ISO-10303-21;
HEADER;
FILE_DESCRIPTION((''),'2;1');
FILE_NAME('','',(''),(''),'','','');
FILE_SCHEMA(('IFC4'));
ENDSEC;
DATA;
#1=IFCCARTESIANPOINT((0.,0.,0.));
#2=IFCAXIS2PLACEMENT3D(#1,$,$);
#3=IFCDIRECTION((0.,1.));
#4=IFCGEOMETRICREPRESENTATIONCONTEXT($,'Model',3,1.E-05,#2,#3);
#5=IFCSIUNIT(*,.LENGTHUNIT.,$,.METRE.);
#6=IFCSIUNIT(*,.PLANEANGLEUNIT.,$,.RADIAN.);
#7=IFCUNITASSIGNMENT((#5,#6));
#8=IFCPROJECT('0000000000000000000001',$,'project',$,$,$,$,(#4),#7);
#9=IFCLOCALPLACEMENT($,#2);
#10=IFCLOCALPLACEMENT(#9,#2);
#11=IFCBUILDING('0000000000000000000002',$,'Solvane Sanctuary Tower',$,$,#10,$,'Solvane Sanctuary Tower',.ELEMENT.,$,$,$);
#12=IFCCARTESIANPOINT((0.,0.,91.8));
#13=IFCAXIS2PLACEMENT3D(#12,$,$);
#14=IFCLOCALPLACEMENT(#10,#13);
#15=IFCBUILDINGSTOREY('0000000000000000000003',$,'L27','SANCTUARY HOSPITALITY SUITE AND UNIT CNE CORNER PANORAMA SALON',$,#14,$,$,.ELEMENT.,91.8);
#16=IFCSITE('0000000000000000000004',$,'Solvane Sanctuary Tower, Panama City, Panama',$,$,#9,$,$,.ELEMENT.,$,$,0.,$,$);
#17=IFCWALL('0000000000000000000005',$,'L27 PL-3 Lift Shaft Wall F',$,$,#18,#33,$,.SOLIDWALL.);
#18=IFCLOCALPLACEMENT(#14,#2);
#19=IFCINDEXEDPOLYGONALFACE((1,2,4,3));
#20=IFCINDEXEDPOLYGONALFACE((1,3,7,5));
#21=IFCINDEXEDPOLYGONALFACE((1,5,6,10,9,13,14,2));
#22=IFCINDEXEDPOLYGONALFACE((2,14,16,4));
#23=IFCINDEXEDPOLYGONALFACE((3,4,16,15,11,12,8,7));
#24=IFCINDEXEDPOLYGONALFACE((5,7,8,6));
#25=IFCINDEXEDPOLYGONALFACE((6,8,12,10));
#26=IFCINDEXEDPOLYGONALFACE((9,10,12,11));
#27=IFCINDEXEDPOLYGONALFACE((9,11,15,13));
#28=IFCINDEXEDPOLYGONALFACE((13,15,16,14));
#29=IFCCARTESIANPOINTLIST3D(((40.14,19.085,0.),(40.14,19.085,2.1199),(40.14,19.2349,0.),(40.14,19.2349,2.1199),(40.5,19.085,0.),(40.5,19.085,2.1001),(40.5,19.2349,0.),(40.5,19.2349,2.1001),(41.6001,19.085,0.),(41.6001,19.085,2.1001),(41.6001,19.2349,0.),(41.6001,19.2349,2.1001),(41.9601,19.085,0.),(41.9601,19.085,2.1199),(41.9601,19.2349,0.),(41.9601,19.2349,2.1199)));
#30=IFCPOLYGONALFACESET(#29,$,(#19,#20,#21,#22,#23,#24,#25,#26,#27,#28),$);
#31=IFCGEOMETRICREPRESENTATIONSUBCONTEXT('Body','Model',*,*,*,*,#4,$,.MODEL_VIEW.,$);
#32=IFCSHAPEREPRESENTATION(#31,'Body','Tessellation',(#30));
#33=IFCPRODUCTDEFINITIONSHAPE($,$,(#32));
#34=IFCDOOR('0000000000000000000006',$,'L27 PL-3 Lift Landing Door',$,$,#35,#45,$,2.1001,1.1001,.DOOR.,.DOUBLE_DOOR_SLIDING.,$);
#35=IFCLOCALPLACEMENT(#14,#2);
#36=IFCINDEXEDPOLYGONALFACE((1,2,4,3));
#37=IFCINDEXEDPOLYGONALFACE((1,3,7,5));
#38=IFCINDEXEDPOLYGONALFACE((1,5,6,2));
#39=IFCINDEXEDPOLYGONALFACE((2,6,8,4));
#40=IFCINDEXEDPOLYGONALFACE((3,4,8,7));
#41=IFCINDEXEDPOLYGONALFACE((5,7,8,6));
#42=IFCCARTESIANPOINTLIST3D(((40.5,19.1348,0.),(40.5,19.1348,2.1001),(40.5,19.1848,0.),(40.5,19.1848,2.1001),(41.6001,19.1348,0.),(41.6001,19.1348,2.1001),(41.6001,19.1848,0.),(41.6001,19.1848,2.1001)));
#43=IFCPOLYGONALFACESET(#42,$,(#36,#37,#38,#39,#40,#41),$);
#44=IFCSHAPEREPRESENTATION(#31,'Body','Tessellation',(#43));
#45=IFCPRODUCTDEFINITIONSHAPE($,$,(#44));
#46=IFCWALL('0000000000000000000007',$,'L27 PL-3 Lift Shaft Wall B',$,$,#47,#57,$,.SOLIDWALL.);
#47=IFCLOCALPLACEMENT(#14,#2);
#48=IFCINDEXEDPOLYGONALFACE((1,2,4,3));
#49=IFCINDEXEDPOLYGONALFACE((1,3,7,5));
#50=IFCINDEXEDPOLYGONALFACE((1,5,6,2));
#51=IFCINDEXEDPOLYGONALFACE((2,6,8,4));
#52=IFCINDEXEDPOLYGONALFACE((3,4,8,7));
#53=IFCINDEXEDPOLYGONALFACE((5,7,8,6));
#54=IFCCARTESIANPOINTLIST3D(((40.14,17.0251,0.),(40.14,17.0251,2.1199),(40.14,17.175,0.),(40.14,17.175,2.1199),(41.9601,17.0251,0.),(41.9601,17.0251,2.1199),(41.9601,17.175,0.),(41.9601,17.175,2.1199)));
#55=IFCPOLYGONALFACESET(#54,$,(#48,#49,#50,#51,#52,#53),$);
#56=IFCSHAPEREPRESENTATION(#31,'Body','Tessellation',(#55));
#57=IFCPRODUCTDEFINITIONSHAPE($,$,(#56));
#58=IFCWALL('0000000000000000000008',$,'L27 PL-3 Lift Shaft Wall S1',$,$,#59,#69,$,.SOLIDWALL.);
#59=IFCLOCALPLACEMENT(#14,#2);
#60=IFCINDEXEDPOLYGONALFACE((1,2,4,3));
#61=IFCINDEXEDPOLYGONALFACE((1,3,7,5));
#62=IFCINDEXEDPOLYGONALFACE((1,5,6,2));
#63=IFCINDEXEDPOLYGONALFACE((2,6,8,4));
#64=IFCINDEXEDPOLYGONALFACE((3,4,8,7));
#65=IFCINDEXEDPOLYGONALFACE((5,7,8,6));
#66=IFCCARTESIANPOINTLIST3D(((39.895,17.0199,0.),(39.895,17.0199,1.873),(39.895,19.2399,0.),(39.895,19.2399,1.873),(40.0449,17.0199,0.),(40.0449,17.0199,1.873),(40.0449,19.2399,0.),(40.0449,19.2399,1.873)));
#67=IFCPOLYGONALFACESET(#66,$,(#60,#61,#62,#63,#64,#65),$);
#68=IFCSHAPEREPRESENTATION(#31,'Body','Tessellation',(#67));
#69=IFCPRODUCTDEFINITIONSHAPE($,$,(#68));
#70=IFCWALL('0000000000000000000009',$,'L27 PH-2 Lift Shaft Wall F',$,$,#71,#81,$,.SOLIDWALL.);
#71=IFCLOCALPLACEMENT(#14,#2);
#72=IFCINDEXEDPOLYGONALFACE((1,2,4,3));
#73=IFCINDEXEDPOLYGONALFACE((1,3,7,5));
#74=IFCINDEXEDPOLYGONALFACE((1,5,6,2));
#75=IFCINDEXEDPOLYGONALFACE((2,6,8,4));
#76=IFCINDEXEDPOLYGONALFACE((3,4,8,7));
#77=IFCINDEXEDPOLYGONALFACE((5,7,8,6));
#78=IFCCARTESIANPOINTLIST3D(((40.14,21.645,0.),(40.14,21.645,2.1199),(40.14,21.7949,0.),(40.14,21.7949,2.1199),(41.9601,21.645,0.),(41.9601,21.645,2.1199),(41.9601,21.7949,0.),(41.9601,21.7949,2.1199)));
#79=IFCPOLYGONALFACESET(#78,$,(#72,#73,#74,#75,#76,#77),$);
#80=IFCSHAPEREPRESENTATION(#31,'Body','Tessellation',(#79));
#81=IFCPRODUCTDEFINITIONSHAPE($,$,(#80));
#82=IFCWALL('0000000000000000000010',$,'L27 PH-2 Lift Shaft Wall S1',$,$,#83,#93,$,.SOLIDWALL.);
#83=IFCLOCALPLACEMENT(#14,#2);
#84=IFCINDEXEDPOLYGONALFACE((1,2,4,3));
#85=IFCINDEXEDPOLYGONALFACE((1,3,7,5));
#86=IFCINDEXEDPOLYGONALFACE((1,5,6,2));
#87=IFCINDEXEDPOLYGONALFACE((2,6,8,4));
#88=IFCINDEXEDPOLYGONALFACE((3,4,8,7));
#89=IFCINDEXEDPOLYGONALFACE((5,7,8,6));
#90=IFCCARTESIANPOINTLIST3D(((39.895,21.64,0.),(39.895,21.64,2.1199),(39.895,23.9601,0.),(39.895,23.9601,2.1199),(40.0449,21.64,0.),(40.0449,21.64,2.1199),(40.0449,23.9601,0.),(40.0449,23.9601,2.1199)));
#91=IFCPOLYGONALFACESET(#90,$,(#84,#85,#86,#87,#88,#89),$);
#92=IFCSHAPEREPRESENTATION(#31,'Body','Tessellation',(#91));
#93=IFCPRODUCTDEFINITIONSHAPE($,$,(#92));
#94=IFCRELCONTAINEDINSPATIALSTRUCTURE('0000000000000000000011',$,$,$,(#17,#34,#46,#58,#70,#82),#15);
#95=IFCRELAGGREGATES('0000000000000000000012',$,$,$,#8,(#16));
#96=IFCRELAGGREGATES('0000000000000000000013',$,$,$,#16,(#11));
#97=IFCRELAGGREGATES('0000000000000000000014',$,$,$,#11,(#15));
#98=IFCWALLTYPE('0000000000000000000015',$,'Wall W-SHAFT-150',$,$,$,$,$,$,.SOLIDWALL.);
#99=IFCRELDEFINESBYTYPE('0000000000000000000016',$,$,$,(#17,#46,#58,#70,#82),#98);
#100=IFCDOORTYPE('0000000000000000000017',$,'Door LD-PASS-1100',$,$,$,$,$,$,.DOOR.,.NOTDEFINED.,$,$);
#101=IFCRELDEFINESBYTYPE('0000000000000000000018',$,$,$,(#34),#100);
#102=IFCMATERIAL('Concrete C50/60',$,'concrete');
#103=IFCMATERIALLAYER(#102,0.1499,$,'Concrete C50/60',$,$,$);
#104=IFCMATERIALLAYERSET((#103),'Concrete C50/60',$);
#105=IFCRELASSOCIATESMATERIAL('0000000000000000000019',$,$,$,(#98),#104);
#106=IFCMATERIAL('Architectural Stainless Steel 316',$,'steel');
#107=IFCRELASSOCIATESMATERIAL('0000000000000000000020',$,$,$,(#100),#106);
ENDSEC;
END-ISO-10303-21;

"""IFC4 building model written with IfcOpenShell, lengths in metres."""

from ifc_helpers import new_model, si_unit, direction, frame, frame_2d, origin, place, context, subcontext, project, spatial, rectangle, extrude, material, layer, layer_set, type_object, element, fill, save


model = new_model("IFC4")

# Units and contexts
model_context = context("Model", 3, precision=1e-05, world=origin(), true_north=direction((0.0, 1.0)))
body_context = subcontext(model_context, "Body", "Model", "MODEL_VIEW")
ifc_project = project(units=[si_unit("LENGTHUNIT", "METRE"), si_unit("PLANEANGLEUNIT", "RADIAN")], contexts=[model_context])

# Site, building, storey
site_placement = place(None, origin())
site = spatial("IfcSite", under=ifc_project, at=site_placement, Name="Solvane Sanctuary Tower, Panama City, Panama", CompositionType="ELEMENT", RefElevation=0.0)
building_placement = place(site_placement, origin())
building = spatial("IfcBuilding", under=site, at=building_placement, Name="Solvane Sanctuary Tower", LongName="Solvane Sanctuary Tower", CompositionType="ELEMENT")
storey_placement = place(building_placement, frame((0.0, 0.0, 91.8)))
storey = spatial("IfcBuildingStorey", under=building, at=storey_placement, Name="L27", Description="SANCTUARY HOSPITALITY SUITE AND UNIT CNE CORNER PANORAMA SALON", CompositionType="ELEMENT", Elevation=91.8)

# Wall, opening, door
ifc_material_1 = material(Name="Concrete C50/60", Category="concrete")
ifc_layer_1 = layer(ifc_material_1, 0.1499, Name="Concrete C50/60")
ifc_layer_set_1 = layer_set([ifc_layer_1], Name="Concrete C50/60")
wall_type_1 = type_object("IfcWallType", Name="Wall W-SHAFT-150", PredefinedType="SOLIDWALL", material=ifc_layer_set_1)
wall_1_placement = place(storey_placement, frame((40.1399, 19.1599, 0.0), z_axis=(0.0, 0.0, 1.0), x_axis=(1.0, 0.0, 0.0)))
wall_1 = element("IfcWall", 1, at=wall_1_placement, inside=storey, type_object=wall_type_1, Name="L27 PL-3 Lift Shaft Wall F", PredefinedType="SOLIDWALL", context=body_context, shape_type="SweptSolid", body=[
    extrude(rectangle(XDim=1.8201, YDim=0.1499, at=frame_2d((0.9102, 0.0))), origin(), (0.0, 0.0, 1.0), 2.1199),
])
opening_placement = place(wall_1_placement, frame((0.3601, 0.0, 0.0)))
opening = element("IfcOpeningElement", 2, at=opening_placement, cuts=wall_1, PredefinedType="OPENING", context=body_context, shape_type="SweptSolid", body=[
    extrude(rectangle(XDim=1.1001, YDim=2.1001, at=frame_2d((0.55, 1.05))), frame((0.0, 0.085, 0.0), z_axis=(0.0, -1.0, 0.0), x_axis=(1.0, 0.0, 0.0)), (0.0, 0.0, 1.0), 0.1699),
])
ifc_material_2 = material(Name="Architectural Stainless Steel 316", Category="steel")
door_type = type_object("IfcDoorType", Name="Door LD-PASS-1100", OperationType="NOTDEFINED", PredefinedType="DOOR", material=ifc_material_2)
door_placement = place(opening_placement, origin())
door = element("IfcDoor", 3, at=door_placement, inside=storey, type_object=door_type, Name="L27 PL-3 Lift Landing Door", OperationType="DOUBLE_DOOR_SLIDING", OverallHeight=2.1001, OverallWidth=1.1001, PredefinedType="DOOR", context=body_context, shape_type="SweptSolid", body=[
    extrude(rectangle(XDim=1.1001, YDim=2.1001, at=frame_2d((0.55, 1.05))), frame((0.0, 0.0249, 0.0), z_axis=(0.0, -1.0, 0.0), x_axis=(1.0, 0.0, 0.0)), (0.0, 0.0, 1.0), 0.05),
])
fill(opening, door)

# Walls
wall_2_placement = place(storey_placement, frame((40.1399, 17.1001, 0.0), z_axis=(0.0, 0.0, 1.0), x_axis=(1.0, 0.0, 0.0)))
element("IfcWall", 4, at=wall_2_placement, inside=storey, type_object=wall_type_1, Name="L27 PL-3 Lift Shaft Wall B", PredefinedType="SOLIDWALL", context=body_context, shape_type="SweptSolid", body=[
    extrude(rectangle(XDim=1.8201, YDim=0.1499, at=frame_2d((0.9102, 0.0))), origin(), (0.0, 0.0, 1.0), 2.1199),
])
wall_3_placement = place(storey_placement, frame((39.97, 17.02, 0.0), z_axis=(0.0, 0.0, 1.0), x_axis=(0.0, 1.0, 0.0)))
element("IfcWall", 5, at=wall_3_placement, inside=storey, type_object=wall_type_1, Name="L27 PL-3 Lift Shaft Wall S1", PredefinedType="SOLIDWALL", context=body_context, shape_type="SweptSolid", body=[
    extrude(rectangle(XDim=2.22, YDim=0.1499, at=frame_2d((1.1099, 0.0))), origin(), (0.0, 0.0, 1.0), 1.873),
])
wall_4_placement = place(storey_placement, frame((40.1399, 21.72, 0.0), z_axis=(0.0, 0.0, 1.0), x_axis=(1.0, 0.0, 0.0)))
element("IfcWall", 6, at=wall_4_placement, inside=storey, type_object=wall_type_1, Name="L27 PH-2 Lift Shaft Wall F", PredefinedType="SOLIDWALL", context=body_context, shape_type="SweptSolid", body=[
    extrude(rectangle(XDim=1.8201, YDim=0.1499, at=frame_2d((0.9102, 0.0))), origin(), (0.0, 0.0, 1.0), 2.1199),
])
wall_5_placement = place(storey_placement, frame((39.97, 21.6399, 0.0), z_axis=(0.0, 0.0, 1.0), x_axis=(0.0, 1.0, 0.0)))
element("IfcWall", 7, at=wall_5_placement, inside=storey, type_object=wall_type_1, Name="L27 PH-2 Lift Shaft Wall S1", PredefinedType="SOLIDWALL", context=body_context, shape_type="SweptSolid", body=[
    extrude(rectangle(XDim=2.3201, YDim=0.1499, at=frame_2d((1.1602, 0.0))), origin(), (0.0, 0.0, 1.0), 2.1199),
])

save(model, "model.ifc")
